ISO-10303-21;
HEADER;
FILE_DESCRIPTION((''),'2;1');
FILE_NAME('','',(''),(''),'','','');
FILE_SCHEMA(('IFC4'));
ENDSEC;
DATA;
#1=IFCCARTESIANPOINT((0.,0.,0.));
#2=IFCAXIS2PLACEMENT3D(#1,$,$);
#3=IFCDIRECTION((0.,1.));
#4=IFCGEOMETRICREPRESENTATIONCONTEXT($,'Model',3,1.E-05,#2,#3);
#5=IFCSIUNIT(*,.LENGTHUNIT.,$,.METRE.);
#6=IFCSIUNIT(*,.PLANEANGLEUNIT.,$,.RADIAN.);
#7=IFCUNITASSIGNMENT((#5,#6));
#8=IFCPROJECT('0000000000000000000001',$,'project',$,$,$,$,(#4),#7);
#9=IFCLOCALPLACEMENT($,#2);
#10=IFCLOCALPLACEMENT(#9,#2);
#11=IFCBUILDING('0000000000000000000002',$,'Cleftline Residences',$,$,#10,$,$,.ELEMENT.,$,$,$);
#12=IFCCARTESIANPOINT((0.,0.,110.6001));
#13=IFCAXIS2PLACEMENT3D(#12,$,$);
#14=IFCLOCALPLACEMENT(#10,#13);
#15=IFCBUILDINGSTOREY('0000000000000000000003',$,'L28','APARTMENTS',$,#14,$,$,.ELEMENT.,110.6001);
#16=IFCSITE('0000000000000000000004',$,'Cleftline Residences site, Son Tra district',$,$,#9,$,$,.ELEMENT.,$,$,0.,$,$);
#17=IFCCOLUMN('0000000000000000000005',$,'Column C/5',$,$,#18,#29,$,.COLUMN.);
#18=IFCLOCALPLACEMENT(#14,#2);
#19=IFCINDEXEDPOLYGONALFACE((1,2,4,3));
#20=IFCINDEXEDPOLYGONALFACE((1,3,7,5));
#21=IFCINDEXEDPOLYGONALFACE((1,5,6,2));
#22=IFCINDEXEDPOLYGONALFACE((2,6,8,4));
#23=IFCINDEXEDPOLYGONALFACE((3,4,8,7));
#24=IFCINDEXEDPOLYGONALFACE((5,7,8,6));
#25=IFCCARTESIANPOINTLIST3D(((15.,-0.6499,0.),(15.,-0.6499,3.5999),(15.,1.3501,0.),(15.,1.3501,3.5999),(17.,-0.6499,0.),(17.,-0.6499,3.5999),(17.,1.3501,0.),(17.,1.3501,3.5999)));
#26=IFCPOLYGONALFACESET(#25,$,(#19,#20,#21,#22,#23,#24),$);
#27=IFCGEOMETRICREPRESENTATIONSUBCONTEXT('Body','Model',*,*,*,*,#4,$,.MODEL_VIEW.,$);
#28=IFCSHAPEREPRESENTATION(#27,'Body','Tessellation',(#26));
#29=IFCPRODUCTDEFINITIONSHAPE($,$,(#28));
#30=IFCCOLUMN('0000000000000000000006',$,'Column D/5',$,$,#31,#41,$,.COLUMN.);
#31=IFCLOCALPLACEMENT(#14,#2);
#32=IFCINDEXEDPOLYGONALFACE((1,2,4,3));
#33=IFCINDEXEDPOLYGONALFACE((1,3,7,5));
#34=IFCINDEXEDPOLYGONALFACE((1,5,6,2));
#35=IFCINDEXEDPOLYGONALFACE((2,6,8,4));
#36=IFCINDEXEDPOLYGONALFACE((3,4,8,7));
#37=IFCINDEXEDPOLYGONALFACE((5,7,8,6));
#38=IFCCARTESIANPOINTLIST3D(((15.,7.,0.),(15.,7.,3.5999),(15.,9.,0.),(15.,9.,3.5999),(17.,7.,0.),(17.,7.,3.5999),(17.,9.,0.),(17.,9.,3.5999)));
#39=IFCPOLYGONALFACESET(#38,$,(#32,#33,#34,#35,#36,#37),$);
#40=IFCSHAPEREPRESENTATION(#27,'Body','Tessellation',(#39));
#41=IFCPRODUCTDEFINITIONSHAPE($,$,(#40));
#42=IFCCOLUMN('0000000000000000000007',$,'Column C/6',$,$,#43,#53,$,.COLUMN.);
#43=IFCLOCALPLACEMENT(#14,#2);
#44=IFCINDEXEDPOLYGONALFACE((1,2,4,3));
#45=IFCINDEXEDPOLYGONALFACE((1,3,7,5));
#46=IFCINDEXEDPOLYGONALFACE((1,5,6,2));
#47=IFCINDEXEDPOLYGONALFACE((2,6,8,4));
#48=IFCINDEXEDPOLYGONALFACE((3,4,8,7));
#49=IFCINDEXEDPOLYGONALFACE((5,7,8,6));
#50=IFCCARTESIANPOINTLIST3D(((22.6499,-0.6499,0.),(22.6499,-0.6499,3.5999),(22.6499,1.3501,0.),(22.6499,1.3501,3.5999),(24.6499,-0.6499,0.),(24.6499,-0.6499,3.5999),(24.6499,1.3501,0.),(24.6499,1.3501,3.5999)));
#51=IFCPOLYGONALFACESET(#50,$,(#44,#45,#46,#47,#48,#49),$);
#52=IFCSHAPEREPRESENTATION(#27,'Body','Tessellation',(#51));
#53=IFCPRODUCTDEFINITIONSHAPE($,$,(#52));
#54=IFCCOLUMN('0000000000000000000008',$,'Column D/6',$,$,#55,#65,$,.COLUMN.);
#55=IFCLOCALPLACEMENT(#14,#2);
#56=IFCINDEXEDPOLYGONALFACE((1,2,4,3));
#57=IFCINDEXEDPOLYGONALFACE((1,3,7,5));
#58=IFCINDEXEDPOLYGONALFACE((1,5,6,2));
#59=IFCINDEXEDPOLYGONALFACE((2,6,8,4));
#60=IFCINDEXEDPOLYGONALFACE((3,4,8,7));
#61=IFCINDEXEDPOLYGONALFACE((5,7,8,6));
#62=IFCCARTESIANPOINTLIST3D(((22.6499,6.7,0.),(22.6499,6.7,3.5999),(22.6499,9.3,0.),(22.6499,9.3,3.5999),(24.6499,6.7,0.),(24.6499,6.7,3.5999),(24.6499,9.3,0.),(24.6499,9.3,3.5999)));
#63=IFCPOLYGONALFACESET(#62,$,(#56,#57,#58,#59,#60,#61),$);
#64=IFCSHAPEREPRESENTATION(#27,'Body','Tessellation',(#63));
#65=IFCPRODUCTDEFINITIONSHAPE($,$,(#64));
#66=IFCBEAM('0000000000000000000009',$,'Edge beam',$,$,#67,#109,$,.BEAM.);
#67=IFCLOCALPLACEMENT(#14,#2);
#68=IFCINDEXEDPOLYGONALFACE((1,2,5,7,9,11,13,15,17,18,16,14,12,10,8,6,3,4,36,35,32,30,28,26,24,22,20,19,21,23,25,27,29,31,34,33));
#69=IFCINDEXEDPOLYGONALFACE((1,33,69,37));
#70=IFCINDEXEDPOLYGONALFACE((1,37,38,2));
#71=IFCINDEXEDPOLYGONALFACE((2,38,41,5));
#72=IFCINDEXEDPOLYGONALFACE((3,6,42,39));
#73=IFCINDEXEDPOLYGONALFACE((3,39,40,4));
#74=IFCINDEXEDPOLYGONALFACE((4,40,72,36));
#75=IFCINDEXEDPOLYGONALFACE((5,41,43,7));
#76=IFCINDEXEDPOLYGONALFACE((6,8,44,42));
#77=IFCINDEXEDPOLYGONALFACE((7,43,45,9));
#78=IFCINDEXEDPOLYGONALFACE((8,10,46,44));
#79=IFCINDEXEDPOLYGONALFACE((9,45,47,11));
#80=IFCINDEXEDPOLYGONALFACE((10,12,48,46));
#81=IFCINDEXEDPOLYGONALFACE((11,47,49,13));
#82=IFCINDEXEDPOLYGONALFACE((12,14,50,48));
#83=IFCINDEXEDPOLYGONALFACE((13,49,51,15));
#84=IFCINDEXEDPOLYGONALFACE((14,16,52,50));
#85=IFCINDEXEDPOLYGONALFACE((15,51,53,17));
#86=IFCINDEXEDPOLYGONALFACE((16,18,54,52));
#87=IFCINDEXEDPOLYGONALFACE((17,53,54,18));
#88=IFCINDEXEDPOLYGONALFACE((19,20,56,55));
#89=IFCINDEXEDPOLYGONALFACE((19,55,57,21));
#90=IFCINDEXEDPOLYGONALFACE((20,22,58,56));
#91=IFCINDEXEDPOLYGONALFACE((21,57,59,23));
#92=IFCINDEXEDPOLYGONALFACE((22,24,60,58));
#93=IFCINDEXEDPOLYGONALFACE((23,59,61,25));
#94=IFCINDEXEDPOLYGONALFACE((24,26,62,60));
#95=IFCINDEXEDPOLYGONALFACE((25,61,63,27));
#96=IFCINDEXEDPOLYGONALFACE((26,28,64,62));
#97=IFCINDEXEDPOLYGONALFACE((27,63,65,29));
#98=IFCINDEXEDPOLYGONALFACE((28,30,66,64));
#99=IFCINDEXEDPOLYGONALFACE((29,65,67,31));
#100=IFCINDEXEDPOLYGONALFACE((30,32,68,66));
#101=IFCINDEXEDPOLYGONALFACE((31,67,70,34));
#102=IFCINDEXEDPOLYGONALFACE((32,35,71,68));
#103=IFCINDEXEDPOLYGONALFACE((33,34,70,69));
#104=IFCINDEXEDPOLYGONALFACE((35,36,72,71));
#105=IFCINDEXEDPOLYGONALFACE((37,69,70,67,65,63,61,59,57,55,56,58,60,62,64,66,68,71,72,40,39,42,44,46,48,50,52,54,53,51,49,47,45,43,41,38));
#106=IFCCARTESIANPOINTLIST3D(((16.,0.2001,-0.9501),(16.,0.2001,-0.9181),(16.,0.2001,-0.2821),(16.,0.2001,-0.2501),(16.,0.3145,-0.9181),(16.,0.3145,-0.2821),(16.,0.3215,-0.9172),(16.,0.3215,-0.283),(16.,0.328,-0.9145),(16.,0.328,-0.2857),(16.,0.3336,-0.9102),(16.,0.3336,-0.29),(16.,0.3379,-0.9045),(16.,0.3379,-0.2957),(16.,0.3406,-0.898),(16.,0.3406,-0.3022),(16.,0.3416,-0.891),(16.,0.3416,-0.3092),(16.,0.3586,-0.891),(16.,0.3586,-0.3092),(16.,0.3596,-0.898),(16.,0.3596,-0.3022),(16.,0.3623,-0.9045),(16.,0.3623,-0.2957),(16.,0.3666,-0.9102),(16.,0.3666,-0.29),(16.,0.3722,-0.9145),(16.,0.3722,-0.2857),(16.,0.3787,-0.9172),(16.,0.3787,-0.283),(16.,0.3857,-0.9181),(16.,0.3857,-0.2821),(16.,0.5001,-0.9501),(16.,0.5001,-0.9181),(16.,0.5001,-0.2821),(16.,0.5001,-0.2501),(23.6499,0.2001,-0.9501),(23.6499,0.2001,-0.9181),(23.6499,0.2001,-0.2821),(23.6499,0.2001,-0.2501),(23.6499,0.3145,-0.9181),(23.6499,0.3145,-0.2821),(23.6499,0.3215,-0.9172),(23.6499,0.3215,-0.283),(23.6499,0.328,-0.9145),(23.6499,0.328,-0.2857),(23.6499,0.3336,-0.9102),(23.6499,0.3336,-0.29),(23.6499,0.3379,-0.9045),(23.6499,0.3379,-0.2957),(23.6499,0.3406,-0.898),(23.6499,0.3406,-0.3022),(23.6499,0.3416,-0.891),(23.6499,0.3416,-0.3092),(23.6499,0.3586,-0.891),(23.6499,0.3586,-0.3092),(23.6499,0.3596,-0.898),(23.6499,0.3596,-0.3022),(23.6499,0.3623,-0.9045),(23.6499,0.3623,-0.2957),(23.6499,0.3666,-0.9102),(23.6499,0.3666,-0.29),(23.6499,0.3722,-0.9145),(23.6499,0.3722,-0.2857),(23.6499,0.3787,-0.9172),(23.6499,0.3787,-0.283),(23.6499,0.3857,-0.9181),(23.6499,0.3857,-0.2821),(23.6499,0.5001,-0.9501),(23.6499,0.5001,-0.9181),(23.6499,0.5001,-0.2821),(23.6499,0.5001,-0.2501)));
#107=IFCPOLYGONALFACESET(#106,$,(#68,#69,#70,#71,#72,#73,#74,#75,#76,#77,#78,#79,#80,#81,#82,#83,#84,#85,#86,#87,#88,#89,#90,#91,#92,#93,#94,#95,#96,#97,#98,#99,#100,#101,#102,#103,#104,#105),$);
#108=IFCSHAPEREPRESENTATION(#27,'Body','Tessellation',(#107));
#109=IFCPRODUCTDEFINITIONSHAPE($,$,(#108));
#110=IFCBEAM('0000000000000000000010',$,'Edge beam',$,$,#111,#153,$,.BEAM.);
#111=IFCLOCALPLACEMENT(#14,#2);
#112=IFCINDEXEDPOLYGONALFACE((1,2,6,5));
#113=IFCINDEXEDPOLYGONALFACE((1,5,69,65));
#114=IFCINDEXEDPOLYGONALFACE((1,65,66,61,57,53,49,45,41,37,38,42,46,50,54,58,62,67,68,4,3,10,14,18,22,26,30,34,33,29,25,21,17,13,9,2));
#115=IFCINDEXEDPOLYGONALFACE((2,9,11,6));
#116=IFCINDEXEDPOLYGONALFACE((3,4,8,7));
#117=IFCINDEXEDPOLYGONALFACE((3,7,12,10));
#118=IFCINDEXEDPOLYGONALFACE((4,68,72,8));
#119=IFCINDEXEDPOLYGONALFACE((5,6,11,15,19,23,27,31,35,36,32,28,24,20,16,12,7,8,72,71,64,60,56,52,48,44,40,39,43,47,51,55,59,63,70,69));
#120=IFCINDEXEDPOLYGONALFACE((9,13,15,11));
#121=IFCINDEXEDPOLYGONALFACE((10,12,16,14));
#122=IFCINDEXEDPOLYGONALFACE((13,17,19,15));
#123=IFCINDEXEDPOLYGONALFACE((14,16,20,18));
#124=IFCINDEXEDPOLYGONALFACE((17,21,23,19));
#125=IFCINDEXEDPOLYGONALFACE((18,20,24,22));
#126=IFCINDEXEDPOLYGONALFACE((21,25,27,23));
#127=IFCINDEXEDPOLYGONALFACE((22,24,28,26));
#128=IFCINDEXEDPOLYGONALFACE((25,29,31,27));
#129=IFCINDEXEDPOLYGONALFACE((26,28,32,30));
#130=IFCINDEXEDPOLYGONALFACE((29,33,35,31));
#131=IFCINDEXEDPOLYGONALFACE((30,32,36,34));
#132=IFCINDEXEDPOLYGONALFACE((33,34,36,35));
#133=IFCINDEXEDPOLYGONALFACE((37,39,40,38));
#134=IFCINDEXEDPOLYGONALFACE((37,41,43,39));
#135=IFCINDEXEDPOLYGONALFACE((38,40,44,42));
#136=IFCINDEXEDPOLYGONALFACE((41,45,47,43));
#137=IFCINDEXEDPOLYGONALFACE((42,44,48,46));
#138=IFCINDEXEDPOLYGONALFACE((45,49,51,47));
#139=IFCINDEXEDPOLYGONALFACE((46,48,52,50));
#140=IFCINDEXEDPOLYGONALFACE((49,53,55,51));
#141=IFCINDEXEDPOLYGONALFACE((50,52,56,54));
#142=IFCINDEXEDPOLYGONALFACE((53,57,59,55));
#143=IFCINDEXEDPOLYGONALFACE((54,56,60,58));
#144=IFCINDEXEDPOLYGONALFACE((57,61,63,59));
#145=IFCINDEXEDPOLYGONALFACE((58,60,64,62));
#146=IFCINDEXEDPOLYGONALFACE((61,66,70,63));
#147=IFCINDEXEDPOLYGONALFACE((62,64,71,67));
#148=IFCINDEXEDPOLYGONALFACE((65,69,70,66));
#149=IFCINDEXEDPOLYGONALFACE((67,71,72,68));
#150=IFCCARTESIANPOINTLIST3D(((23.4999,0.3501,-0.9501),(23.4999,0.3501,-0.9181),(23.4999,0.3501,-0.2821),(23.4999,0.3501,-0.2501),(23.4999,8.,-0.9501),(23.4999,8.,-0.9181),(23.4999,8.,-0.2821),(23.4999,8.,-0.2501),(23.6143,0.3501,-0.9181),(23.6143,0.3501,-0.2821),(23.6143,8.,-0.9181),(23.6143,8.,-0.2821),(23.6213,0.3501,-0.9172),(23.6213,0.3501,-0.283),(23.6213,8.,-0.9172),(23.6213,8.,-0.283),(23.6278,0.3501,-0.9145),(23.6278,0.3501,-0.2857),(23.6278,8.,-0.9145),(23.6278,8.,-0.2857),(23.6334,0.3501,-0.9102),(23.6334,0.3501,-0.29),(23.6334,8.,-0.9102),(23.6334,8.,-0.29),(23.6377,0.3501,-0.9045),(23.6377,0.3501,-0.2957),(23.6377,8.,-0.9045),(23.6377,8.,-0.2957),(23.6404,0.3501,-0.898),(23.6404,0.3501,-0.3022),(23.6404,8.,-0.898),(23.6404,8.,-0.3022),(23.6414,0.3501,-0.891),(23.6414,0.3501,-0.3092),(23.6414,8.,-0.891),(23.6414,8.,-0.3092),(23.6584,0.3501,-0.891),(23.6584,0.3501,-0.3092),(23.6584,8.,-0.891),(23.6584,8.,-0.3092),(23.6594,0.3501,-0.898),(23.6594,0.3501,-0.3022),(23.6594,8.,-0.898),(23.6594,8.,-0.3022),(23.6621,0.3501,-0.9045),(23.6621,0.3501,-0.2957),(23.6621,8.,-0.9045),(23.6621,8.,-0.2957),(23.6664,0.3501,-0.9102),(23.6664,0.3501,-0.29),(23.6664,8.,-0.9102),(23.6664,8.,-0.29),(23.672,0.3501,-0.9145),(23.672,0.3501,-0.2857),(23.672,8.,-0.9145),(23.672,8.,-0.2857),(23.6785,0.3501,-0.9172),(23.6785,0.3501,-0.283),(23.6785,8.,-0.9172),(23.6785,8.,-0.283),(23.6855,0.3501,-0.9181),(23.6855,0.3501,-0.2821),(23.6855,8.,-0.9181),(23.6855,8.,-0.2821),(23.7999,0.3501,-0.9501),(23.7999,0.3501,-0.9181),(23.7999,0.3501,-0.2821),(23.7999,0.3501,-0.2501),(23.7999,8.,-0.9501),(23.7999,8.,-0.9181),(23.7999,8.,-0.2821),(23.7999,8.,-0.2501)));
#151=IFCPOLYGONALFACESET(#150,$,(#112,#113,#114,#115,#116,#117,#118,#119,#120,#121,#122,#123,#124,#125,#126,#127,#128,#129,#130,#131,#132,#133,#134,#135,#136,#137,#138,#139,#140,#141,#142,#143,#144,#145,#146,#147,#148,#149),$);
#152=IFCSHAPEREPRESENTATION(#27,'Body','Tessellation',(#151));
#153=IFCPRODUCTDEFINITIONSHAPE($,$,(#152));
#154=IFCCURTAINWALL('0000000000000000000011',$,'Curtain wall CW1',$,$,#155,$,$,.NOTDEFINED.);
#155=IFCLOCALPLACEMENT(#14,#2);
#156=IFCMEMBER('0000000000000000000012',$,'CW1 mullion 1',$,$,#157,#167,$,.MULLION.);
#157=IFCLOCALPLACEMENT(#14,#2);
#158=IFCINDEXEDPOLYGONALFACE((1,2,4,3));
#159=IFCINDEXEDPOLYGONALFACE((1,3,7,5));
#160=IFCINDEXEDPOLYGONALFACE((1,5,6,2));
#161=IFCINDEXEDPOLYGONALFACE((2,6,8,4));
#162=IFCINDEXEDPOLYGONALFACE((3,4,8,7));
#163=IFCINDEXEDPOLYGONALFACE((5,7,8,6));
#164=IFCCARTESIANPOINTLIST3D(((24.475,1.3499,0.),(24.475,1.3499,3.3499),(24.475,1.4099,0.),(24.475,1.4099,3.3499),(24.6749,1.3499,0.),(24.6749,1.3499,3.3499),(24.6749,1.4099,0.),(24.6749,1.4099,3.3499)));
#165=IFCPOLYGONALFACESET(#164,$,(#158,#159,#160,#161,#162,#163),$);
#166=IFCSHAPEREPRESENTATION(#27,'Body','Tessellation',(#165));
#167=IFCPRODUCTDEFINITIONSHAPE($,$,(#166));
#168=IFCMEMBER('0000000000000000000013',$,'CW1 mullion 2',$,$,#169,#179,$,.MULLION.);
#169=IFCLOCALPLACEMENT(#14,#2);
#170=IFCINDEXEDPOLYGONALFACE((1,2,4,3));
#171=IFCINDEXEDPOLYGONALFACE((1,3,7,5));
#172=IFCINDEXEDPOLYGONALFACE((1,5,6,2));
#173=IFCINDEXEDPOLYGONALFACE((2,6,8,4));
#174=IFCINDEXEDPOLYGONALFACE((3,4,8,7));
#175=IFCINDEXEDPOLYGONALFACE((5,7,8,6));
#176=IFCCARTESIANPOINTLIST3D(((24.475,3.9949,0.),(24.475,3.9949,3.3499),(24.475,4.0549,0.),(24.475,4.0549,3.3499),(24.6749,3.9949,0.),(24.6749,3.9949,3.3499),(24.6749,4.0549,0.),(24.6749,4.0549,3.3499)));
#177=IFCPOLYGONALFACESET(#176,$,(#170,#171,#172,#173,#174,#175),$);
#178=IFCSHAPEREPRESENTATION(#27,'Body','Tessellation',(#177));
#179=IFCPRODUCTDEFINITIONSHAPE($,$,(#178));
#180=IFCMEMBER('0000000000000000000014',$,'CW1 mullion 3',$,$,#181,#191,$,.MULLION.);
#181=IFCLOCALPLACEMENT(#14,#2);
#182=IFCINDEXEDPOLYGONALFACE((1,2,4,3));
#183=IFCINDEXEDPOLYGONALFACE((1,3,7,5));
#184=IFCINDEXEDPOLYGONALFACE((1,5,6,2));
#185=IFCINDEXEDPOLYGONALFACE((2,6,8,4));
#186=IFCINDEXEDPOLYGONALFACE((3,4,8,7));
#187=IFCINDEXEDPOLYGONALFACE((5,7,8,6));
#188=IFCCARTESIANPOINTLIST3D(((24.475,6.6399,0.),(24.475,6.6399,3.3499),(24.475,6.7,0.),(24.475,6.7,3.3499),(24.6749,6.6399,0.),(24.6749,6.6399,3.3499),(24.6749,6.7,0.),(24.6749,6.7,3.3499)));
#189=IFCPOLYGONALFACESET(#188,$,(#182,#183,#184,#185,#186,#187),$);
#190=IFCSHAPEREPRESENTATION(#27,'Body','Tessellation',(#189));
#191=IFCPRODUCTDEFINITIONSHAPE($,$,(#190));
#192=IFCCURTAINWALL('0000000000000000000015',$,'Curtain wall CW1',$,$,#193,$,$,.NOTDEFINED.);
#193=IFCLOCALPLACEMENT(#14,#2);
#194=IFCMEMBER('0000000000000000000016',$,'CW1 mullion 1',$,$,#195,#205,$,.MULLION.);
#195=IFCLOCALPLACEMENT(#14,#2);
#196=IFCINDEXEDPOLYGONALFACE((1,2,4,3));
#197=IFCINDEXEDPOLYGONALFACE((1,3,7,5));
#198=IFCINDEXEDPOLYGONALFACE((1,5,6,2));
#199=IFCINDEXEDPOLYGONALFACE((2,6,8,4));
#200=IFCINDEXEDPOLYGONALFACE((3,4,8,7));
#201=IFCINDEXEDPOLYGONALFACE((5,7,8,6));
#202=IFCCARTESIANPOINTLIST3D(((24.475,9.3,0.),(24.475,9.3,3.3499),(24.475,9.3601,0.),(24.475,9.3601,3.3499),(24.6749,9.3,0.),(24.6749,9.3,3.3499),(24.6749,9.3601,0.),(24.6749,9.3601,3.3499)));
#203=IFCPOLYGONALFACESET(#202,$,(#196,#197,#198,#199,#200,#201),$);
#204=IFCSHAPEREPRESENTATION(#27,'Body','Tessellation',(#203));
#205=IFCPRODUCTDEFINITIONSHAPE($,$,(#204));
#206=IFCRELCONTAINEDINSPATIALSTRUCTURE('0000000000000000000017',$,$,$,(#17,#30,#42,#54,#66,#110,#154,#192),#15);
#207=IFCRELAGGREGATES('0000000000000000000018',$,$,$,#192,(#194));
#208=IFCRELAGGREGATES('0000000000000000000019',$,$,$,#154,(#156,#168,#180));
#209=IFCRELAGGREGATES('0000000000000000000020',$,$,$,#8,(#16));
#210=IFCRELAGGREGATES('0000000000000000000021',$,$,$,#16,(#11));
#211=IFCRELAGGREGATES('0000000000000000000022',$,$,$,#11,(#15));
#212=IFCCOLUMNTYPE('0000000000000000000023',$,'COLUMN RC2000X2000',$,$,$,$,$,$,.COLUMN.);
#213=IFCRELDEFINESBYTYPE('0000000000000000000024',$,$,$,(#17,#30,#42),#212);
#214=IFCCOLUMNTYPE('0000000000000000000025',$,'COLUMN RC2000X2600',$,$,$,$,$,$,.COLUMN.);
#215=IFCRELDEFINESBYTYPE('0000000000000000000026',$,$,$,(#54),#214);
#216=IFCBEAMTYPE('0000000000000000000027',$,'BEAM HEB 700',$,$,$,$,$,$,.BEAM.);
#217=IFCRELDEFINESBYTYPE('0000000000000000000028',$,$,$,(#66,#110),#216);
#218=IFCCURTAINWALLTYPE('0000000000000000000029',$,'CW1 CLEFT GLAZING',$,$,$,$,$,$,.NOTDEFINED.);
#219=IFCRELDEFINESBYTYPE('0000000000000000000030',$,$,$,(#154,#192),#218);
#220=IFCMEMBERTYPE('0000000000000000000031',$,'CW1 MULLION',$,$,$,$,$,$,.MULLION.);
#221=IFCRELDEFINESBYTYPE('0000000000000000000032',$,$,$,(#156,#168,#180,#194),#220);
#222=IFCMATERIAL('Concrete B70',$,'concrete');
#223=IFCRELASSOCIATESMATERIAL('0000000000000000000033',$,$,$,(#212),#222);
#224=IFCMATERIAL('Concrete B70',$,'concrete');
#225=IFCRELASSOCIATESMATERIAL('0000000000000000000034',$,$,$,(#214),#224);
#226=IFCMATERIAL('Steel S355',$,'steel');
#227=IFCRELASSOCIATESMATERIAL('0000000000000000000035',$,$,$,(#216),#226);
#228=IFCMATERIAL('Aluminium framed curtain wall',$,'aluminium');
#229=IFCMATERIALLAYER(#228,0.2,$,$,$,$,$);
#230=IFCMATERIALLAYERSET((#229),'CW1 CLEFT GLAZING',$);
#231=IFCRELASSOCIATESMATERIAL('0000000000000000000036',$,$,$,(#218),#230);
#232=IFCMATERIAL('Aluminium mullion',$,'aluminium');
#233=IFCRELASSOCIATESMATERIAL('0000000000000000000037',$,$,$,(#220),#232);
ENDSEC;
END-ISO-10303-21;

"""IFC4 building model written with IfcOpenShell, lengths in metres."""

from ifc_helpers import new_model, si_unit, direction, frame, origin, origin_2d, place, context, subcontext, project, spatial, rectangle, i_section, extrude, material, layer, layer_set, material_profile, profile_set, type_object, element, aggregate, save


model = new_model("IFC4")

# Units and contexts
model_context = context("Model", 3, precision=1e-05, world=origin(), true_north=direction((0.0, 1.0)))
body_context = subcontext(model_context, "Body", "Model", "MODEL_VIEW")
ifc_project = project(units=[si_unit("LENGTHUNIT", "METRE"), si_unit("PLANEANGLEUNIT", "RADIAN")], contexts=[model_context])

# Site, building, storey
site_placement = place(None, origin())
site = spatial("IfcSite", under=ifc_project, at=site_placement, Name="Cleftline Residences site, Son Tra district", CompositionType="ELEMENT", RefElevation=0.0)
building_placement = place(site_placement, origin())
building = spatial("IfcBuilding", under=site, at=building_placement, Name="Cleftline Residences", CompositionType="ELEMENT")
storey_placement = place(building_placement, frame((0.0, 0.0, 110.6001)))
storey = spatial("IfcBuildingStorey", under=building, at=storey_placement, Name="L28", Description="APARTMENTS", CompositionType="ELEMENT", Elevation=110.6001)

# Columns
ifc_material_1 = material(Name="Concrete B70", Category="concrete")
ifc_material_profile_1 = material_profile(ifc_material_1, rectangle(XDim=2.0, YDim=2.0, at=origin_2d()))
ifc_profile_set_1 = profile_set([ifc_material_profile_1], Name="Concrete B70")
column_type_1 = type_object("IfcColumnType", Name="COLUMN RC2000X2000", PredefinedType="COLUMN", material=ifc_profile_set_1)
for number, where, z_axis, x_axis, name in (
    (1, (16.0, 0.3501, 0.0), (0.0, 0.0, 1.0), (1.0, 0.0, 0.0), "Column C/5"),
    (2, (16.0, 8.0, 0.0), (0.0, 0.0, 1.0), (1.0, 0.0, 0.0), "Column D/5"),
    (3, (23.6499, 0.3501, 0.0), (0.0, 0.0, 1.0), (1.0, 0.0, 0.0), "Column C/6"),
):
    element("IfcColumn", number, at=place(storey_placement, frame(where, z_axis=z_axis, x_axis=x_axis)), inside=storey, type_object=column_type_1, Name=name, PredefinedType="COLUMN", context=body_context, shape_type="SweptSolid", body=[
        extrude(rectangle(XDim=2.0, YDim=2.0, at=origin_2d()), origin(), (0.0, 0.0, 1.0), 3.5999),
    ])
ifc_material_2 = material(Name="Concrete B70", Category="concrete")
ifc_material_profile_2 = material_profile(ifc_material_2, rectangle(XDim=2.0, YDim=2.6001, at=origin_2d()))
ifc_profile_set_2 = profile_set([ifc_material_profile_2], Name="Concrete B70")
column_type_2 = type_object("IfcColumnType", Name="COLUMN RC2000X2600", PredefinedType="COLUMN", material=ifc_profile_set_2)
column_placement = place(storey_placement, frame((23.6499, 8.0, 0.0), z_axis=(0.0, 0.0, 1.0), x_axis=(1.0, 0.0, 0.0)))
element("IfcColumn", 4, at=column_placement, inside=storey, type_object=column_type_2, Name="Column D/6", PredefinedType="COLUMN", context=body_context, shape_type="SweptSolid", body=[
    extrude(rectangle(XDim=2.0, YDim=2.6001, at=origin_2d()), origin(), (0.0, 0.0, 1.0), 3.5999),
])

# Beams
ifc_material_3 = material(Name="Steel S355", Category="steel")
ifc_material_profile_3 = material_profile(ifc_material_3, i_section(OverallWidth=0.3, OverallDepth=0.7, WebThickness=0.0171, FlangeThickness=0.032, FilletRadius=0.0271, at=origin_2d()))
ifc_profile_set_3 = profile_set([ifc_material_profile_3], Name="Steel S355")
beam_type = type_object("IfcBeamType", Name="BEAM HEB 700", PredefinedType="BEAM", material=ifc_profile_set_3)
for number, where, z_axis, x_axis, name in (
    (5, (16.0, 0.3501, -0.6001), (1.0, 0.0, 0.0), (0.0, 1.0, 0.0), "Edge beam"),
    (6, (23.6499, 0.3501, -0.6001), (0.0, 1.0, 0.0), (-1.0, 0.0, 0.0), "Edge beam"),
):
    element("IfcBeam", number, at=place(storey_placement, frame(where, z_axis=z_axis, x_axis=x_axis)), inside=storey, type_object=beam_type, Name=name, PredefinedType="BEAM", context=body_context, shape_type="SweptSolid", body=[
        extrude(i_section(OverallWidth=0.3, OverallDepth=0.7, WebThickness=0.0171, FlangeThickness=0.032, FilletRadius=0.0271, at=origin_2d()), origin(), (0.0, 0.0, 1.0), 7.6499),
    ])

# Curtain wall, members
ifc_material_4 = material(Name="Aluminium framed curtain wall", Category="aluminium")
ifc_layer_1 = layer(ifc_material_4, 0.2)
ifc_layer_set_1 = layer_set([ifc_layer_1], Name="CW1 CLEFT GLAZING")
curtain_wall_type = type_object("IfcCurtainWallType", Name="CW1 CLEFT GLAZING", PredefinedType="NOTDEFINED", material=ifc_layer_set_1)
curtain_wall_1_placement = place(storey_placement, origin())
curtain_wall_1 = element("IfcCurtainWall", 7, at=curtain_wall_1_placement, inside=storey, type_object=curtain_wall_type, Name="Curtain wall CW1", PredefinedType="NOTDEFINED")
ifc_material_5 = material(Name="Aluminium mullion", Category="aluminium")
ifc_material_profile_4 = material_profile(ifc_material_5, rectangle(XDim=0.2, YDim=0.0601, at=origin_2d()))
ifc_profile_set_4 = profile_set([ifc_material_profile_4], Name="Aluminium mullion")
member_type_1 = type_object("IfcMemberType", Name="CW1 MULLION", PredefinedType="MULLION", material=ifc_profile_set_4)
member_1_placement = place(storey_placement, frame((24.575, 1.3799, 0.0), z_axis=(0.0, 0.0, 1.0), x_axis=(-1.0, 0.0, 0.0)))
member_1 = element("IfcMember", 8, at=member_1_placement, type_object=member_type_1, Name="CW1 mullion 1", PredefinedType="MULLION", context=body_context, shape_type="SweptSolid", body=[
    extrude(rectangle(XDim=0.2, YDim=0.0601, at=origin_2d()), origin(), (0.0, 0.0, 1.0), 3.3499),
])
member_2_placement = place(storey_placement, frame((24.575, 4.0249, 0.0), z_axis=(0.0, 0.0, 1.0), x_axis=(-1.0, 0.0, 0.0)))
member_2 = element("IfcMember", 9, at=member_2_placement, type_object=member_type_1, Name="CW1 mullion 2", PredefinedType="MULLION", context=body_context, shape_type="SweptSolid", body=[
    extrude(rectangle(XDim=0.2, YDim=0.0601, at=origin_2d()), origin(), (0.0, 0.0, 1.0), 3.3499),
])
member_3_placement = place(storey_placement, frame((24.575, 6.6699, 0.0), z_axis=(0.0, 0.0, 1.0), x_axis=(-1.0, 0.0, 0.0)))
member_3 = element("IfcMember", 10, at=member_3_placement, type_object=member_type_1, Name="CW1 mullion 3", PredefinedType="MULLION", context=body_context, shape_type="SweptSolid", body=[
    extrude(rectangle(XDim=0.2, YDim=0.0601, at=origin_2d()), origin(), (0.0, 0.0, 1.0), 3.3499),
])

# Curtain wall, member
curtain_wall_2_placement = place(storey_placement, origin())
curtain_wall_2 = element("IfcCurtainWall", 11, at=curtain_wall_2_placement, inside=storey, type_object=curtain_wall_type, Name="Curtain wall CW1", PredefinedType="NOTDEFINED")
member_4_placement = place(storey_placement, frame((24.575, 9.3301, 0.0), z_axis=(0.0, 0.0, 1.0), x_axis=(-1.0, 0.0, 0.0)))
member_4 = element("IfcMember", 12, at=member_4_placement, type_object=member_type_1, Name="CW1 mullion 1", PredefinedType="MULLION", context=body_context, shape_type="SweptSolid", body=[
    extrude(rectangle(XDim=0.2, YDim=0.0601, at=origin_2d()), origin(), (0.0, 0.0, 1.0), 3.3499),
])

aggregate(curtain_wall_2, [member_4])

aggregate(curtain_wall_1, [member_1, member_2, member_3])

save(model, "model.ifc")
